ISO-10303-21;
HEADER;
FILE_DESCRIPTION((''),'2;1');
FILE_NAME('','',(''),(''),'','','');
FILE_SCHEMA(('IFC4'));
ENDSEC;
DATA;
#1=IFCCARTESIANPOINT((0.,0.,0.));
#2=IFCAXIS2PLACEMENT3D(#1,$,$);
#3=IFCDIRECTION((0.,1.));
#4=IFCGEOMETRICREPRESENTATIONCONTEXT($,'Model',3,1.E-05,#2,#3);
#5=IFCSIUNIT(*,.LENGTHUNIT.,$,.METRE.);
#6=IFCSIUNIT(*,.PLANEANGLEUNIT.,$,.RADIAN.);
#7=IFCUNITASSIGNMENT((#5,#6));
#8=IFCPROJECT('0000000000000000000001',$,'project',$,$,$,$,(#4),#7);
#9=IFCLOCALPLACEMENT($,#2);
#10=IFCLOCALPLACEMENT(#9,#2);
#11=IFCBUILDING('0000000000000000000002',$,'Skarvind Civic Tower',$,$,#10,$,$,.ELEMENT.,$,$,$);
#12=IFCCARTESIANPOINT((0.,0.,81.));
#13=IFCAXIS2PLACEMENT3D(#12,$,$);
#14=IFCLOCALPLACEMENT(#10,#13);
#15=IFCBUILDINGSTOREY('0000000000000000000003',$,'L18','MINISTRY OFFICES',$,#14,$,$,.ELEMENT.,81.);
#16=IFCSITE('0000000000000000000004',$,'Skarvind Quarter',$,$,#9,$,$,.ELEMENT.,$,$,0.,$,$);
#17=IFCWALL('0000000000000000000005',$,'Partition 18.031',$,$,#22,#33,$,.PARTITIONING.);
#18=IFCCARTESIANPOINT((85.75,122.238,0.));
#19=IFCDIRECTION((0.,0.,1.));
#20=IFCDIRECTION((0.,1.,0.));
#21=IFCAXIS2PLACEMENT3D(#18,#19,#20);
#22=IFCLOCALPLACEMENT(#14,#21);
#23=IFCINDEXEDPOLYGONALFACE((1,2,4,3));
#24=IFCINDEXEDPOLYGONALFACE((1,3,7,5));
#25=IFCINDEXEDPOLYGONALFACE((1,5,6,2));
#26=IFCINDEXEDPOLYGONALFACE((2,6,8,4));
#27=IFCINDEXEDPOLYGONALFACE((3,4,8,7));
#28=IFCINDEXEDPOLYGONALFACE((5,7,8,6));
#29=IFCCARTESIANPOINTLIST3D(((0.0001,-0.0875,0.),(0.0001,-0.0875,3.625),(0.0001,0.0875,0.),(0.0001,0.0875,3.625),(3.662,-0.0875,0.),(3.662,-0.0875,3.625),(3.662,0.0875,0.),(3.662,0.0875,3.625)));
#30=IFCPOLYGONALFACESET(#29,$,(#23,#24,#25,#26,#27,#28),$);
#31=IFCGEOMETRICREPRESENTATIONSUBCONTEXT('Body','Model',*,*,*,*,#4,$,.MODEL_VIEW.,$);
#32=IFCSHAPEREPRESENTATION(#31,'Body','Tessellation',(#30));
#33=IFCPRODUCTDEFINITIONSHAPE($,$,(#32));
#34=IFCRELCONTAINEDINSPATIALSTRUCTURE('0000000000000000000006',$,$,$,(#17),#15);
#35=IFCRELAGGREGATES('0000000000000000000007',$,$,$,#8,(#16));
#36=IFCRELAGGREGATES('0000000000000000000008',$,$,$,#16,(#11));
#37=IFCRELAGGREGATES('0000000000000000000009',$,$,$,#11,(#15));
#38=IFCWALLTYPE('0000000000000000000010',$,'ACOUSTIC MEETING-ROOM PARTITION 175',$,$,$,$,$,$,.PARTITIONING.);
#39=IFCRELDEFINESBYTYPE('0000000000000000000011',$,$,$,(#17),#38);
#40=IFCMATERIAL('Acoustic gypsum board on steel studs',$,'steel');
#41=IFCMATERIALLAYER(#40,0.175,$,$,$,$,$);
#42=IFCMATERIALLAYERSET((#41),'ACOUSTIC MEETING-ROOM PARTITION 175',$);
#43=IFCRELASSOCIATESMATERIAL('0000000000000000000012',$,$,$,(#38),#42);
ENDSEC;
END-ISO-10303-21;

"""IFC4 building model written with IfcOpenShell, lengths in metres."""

from ifc_helpers import new_model, si_unit, direction, frame, frame_2d, origin, place, context, subcontext, project, spatial, rectangle, extrude, material, layer, layer_set, type_object, element, save


model = new_model("IFC4")

# Units and contexts
model_context = context("Model", 3, precision=1e-05, world=origin(), true_north=direction((0.0, 1.0)))
body_context = subcontext(model_context, "Body", "Model", "MODEL_VIEW")
ifc_project = project(units=[si_unit("LENGTHUNIT", "METRE"), si_unit("PLANEANGLEUNIT", "RADIAN")], contexts=[model_context])

# Site, building, storey
site_placement = place(None, origin())
site = spatial("IfcSite", under=ifc_project, at=site_placement, Name="Skarvind Quarter", CompositionType="ELEMENT", RefElevation=0.0)
building_placement = place(site_placement, origin())
building = spatial("IfcBuilding", under=site, at=building_placement, Name="Skarvind Civic Tower", CompositionType="ELEMENT")
storey_placement = place(building_placement, frame((0.0, 0.0, 81.0)))
storey = spatial("IfcBuildingStorey", under=building, at=storey_placement, Name="L18", Description="MINISTRY OFFICES", CompositionType="ELEMENT", Elevation=81.0)

# Wall
ifc_material_1 = material(Name="Acoustic gypsum board on steel studs", Category="steel")
ifc_layer_1 = layer(ifc_material_1, 0.175)
ifc_layer_set_1 = layer_set([ifc_layer_1], Name="ACOUSTIC MEETING-ROOM PARTITION 175")
wall_type_1 = type_object("IfcWallType", Name="ACOUSTIC MEETING-ROOM PARTITION 175", PredefinedType="PARTITIONING", material=ifc_layer_set_1)
wall_1_placement = place(storey_placement, frame((85.75, 122.238, 0.0), z_axis=(0.0, 0.0, 1.0), x_axis=(0.0, 1.0, 0.0)))
element("IfcWall", 1, at=wall_1_placement, inside=storey, type_object=wall_type_1, Name="Partition 18.031", PredefinedType="PARTITIONING", context=body_context, shape_type="SweptSolid", body=[
    extrude(rectangle(XDim=3.6619, YDim=0.175, at=frame_2d((1.8311, 0.0))), origin(), (0.0, 0.0, 1.0), 3.625),
])

save(model, "model.ifc")
